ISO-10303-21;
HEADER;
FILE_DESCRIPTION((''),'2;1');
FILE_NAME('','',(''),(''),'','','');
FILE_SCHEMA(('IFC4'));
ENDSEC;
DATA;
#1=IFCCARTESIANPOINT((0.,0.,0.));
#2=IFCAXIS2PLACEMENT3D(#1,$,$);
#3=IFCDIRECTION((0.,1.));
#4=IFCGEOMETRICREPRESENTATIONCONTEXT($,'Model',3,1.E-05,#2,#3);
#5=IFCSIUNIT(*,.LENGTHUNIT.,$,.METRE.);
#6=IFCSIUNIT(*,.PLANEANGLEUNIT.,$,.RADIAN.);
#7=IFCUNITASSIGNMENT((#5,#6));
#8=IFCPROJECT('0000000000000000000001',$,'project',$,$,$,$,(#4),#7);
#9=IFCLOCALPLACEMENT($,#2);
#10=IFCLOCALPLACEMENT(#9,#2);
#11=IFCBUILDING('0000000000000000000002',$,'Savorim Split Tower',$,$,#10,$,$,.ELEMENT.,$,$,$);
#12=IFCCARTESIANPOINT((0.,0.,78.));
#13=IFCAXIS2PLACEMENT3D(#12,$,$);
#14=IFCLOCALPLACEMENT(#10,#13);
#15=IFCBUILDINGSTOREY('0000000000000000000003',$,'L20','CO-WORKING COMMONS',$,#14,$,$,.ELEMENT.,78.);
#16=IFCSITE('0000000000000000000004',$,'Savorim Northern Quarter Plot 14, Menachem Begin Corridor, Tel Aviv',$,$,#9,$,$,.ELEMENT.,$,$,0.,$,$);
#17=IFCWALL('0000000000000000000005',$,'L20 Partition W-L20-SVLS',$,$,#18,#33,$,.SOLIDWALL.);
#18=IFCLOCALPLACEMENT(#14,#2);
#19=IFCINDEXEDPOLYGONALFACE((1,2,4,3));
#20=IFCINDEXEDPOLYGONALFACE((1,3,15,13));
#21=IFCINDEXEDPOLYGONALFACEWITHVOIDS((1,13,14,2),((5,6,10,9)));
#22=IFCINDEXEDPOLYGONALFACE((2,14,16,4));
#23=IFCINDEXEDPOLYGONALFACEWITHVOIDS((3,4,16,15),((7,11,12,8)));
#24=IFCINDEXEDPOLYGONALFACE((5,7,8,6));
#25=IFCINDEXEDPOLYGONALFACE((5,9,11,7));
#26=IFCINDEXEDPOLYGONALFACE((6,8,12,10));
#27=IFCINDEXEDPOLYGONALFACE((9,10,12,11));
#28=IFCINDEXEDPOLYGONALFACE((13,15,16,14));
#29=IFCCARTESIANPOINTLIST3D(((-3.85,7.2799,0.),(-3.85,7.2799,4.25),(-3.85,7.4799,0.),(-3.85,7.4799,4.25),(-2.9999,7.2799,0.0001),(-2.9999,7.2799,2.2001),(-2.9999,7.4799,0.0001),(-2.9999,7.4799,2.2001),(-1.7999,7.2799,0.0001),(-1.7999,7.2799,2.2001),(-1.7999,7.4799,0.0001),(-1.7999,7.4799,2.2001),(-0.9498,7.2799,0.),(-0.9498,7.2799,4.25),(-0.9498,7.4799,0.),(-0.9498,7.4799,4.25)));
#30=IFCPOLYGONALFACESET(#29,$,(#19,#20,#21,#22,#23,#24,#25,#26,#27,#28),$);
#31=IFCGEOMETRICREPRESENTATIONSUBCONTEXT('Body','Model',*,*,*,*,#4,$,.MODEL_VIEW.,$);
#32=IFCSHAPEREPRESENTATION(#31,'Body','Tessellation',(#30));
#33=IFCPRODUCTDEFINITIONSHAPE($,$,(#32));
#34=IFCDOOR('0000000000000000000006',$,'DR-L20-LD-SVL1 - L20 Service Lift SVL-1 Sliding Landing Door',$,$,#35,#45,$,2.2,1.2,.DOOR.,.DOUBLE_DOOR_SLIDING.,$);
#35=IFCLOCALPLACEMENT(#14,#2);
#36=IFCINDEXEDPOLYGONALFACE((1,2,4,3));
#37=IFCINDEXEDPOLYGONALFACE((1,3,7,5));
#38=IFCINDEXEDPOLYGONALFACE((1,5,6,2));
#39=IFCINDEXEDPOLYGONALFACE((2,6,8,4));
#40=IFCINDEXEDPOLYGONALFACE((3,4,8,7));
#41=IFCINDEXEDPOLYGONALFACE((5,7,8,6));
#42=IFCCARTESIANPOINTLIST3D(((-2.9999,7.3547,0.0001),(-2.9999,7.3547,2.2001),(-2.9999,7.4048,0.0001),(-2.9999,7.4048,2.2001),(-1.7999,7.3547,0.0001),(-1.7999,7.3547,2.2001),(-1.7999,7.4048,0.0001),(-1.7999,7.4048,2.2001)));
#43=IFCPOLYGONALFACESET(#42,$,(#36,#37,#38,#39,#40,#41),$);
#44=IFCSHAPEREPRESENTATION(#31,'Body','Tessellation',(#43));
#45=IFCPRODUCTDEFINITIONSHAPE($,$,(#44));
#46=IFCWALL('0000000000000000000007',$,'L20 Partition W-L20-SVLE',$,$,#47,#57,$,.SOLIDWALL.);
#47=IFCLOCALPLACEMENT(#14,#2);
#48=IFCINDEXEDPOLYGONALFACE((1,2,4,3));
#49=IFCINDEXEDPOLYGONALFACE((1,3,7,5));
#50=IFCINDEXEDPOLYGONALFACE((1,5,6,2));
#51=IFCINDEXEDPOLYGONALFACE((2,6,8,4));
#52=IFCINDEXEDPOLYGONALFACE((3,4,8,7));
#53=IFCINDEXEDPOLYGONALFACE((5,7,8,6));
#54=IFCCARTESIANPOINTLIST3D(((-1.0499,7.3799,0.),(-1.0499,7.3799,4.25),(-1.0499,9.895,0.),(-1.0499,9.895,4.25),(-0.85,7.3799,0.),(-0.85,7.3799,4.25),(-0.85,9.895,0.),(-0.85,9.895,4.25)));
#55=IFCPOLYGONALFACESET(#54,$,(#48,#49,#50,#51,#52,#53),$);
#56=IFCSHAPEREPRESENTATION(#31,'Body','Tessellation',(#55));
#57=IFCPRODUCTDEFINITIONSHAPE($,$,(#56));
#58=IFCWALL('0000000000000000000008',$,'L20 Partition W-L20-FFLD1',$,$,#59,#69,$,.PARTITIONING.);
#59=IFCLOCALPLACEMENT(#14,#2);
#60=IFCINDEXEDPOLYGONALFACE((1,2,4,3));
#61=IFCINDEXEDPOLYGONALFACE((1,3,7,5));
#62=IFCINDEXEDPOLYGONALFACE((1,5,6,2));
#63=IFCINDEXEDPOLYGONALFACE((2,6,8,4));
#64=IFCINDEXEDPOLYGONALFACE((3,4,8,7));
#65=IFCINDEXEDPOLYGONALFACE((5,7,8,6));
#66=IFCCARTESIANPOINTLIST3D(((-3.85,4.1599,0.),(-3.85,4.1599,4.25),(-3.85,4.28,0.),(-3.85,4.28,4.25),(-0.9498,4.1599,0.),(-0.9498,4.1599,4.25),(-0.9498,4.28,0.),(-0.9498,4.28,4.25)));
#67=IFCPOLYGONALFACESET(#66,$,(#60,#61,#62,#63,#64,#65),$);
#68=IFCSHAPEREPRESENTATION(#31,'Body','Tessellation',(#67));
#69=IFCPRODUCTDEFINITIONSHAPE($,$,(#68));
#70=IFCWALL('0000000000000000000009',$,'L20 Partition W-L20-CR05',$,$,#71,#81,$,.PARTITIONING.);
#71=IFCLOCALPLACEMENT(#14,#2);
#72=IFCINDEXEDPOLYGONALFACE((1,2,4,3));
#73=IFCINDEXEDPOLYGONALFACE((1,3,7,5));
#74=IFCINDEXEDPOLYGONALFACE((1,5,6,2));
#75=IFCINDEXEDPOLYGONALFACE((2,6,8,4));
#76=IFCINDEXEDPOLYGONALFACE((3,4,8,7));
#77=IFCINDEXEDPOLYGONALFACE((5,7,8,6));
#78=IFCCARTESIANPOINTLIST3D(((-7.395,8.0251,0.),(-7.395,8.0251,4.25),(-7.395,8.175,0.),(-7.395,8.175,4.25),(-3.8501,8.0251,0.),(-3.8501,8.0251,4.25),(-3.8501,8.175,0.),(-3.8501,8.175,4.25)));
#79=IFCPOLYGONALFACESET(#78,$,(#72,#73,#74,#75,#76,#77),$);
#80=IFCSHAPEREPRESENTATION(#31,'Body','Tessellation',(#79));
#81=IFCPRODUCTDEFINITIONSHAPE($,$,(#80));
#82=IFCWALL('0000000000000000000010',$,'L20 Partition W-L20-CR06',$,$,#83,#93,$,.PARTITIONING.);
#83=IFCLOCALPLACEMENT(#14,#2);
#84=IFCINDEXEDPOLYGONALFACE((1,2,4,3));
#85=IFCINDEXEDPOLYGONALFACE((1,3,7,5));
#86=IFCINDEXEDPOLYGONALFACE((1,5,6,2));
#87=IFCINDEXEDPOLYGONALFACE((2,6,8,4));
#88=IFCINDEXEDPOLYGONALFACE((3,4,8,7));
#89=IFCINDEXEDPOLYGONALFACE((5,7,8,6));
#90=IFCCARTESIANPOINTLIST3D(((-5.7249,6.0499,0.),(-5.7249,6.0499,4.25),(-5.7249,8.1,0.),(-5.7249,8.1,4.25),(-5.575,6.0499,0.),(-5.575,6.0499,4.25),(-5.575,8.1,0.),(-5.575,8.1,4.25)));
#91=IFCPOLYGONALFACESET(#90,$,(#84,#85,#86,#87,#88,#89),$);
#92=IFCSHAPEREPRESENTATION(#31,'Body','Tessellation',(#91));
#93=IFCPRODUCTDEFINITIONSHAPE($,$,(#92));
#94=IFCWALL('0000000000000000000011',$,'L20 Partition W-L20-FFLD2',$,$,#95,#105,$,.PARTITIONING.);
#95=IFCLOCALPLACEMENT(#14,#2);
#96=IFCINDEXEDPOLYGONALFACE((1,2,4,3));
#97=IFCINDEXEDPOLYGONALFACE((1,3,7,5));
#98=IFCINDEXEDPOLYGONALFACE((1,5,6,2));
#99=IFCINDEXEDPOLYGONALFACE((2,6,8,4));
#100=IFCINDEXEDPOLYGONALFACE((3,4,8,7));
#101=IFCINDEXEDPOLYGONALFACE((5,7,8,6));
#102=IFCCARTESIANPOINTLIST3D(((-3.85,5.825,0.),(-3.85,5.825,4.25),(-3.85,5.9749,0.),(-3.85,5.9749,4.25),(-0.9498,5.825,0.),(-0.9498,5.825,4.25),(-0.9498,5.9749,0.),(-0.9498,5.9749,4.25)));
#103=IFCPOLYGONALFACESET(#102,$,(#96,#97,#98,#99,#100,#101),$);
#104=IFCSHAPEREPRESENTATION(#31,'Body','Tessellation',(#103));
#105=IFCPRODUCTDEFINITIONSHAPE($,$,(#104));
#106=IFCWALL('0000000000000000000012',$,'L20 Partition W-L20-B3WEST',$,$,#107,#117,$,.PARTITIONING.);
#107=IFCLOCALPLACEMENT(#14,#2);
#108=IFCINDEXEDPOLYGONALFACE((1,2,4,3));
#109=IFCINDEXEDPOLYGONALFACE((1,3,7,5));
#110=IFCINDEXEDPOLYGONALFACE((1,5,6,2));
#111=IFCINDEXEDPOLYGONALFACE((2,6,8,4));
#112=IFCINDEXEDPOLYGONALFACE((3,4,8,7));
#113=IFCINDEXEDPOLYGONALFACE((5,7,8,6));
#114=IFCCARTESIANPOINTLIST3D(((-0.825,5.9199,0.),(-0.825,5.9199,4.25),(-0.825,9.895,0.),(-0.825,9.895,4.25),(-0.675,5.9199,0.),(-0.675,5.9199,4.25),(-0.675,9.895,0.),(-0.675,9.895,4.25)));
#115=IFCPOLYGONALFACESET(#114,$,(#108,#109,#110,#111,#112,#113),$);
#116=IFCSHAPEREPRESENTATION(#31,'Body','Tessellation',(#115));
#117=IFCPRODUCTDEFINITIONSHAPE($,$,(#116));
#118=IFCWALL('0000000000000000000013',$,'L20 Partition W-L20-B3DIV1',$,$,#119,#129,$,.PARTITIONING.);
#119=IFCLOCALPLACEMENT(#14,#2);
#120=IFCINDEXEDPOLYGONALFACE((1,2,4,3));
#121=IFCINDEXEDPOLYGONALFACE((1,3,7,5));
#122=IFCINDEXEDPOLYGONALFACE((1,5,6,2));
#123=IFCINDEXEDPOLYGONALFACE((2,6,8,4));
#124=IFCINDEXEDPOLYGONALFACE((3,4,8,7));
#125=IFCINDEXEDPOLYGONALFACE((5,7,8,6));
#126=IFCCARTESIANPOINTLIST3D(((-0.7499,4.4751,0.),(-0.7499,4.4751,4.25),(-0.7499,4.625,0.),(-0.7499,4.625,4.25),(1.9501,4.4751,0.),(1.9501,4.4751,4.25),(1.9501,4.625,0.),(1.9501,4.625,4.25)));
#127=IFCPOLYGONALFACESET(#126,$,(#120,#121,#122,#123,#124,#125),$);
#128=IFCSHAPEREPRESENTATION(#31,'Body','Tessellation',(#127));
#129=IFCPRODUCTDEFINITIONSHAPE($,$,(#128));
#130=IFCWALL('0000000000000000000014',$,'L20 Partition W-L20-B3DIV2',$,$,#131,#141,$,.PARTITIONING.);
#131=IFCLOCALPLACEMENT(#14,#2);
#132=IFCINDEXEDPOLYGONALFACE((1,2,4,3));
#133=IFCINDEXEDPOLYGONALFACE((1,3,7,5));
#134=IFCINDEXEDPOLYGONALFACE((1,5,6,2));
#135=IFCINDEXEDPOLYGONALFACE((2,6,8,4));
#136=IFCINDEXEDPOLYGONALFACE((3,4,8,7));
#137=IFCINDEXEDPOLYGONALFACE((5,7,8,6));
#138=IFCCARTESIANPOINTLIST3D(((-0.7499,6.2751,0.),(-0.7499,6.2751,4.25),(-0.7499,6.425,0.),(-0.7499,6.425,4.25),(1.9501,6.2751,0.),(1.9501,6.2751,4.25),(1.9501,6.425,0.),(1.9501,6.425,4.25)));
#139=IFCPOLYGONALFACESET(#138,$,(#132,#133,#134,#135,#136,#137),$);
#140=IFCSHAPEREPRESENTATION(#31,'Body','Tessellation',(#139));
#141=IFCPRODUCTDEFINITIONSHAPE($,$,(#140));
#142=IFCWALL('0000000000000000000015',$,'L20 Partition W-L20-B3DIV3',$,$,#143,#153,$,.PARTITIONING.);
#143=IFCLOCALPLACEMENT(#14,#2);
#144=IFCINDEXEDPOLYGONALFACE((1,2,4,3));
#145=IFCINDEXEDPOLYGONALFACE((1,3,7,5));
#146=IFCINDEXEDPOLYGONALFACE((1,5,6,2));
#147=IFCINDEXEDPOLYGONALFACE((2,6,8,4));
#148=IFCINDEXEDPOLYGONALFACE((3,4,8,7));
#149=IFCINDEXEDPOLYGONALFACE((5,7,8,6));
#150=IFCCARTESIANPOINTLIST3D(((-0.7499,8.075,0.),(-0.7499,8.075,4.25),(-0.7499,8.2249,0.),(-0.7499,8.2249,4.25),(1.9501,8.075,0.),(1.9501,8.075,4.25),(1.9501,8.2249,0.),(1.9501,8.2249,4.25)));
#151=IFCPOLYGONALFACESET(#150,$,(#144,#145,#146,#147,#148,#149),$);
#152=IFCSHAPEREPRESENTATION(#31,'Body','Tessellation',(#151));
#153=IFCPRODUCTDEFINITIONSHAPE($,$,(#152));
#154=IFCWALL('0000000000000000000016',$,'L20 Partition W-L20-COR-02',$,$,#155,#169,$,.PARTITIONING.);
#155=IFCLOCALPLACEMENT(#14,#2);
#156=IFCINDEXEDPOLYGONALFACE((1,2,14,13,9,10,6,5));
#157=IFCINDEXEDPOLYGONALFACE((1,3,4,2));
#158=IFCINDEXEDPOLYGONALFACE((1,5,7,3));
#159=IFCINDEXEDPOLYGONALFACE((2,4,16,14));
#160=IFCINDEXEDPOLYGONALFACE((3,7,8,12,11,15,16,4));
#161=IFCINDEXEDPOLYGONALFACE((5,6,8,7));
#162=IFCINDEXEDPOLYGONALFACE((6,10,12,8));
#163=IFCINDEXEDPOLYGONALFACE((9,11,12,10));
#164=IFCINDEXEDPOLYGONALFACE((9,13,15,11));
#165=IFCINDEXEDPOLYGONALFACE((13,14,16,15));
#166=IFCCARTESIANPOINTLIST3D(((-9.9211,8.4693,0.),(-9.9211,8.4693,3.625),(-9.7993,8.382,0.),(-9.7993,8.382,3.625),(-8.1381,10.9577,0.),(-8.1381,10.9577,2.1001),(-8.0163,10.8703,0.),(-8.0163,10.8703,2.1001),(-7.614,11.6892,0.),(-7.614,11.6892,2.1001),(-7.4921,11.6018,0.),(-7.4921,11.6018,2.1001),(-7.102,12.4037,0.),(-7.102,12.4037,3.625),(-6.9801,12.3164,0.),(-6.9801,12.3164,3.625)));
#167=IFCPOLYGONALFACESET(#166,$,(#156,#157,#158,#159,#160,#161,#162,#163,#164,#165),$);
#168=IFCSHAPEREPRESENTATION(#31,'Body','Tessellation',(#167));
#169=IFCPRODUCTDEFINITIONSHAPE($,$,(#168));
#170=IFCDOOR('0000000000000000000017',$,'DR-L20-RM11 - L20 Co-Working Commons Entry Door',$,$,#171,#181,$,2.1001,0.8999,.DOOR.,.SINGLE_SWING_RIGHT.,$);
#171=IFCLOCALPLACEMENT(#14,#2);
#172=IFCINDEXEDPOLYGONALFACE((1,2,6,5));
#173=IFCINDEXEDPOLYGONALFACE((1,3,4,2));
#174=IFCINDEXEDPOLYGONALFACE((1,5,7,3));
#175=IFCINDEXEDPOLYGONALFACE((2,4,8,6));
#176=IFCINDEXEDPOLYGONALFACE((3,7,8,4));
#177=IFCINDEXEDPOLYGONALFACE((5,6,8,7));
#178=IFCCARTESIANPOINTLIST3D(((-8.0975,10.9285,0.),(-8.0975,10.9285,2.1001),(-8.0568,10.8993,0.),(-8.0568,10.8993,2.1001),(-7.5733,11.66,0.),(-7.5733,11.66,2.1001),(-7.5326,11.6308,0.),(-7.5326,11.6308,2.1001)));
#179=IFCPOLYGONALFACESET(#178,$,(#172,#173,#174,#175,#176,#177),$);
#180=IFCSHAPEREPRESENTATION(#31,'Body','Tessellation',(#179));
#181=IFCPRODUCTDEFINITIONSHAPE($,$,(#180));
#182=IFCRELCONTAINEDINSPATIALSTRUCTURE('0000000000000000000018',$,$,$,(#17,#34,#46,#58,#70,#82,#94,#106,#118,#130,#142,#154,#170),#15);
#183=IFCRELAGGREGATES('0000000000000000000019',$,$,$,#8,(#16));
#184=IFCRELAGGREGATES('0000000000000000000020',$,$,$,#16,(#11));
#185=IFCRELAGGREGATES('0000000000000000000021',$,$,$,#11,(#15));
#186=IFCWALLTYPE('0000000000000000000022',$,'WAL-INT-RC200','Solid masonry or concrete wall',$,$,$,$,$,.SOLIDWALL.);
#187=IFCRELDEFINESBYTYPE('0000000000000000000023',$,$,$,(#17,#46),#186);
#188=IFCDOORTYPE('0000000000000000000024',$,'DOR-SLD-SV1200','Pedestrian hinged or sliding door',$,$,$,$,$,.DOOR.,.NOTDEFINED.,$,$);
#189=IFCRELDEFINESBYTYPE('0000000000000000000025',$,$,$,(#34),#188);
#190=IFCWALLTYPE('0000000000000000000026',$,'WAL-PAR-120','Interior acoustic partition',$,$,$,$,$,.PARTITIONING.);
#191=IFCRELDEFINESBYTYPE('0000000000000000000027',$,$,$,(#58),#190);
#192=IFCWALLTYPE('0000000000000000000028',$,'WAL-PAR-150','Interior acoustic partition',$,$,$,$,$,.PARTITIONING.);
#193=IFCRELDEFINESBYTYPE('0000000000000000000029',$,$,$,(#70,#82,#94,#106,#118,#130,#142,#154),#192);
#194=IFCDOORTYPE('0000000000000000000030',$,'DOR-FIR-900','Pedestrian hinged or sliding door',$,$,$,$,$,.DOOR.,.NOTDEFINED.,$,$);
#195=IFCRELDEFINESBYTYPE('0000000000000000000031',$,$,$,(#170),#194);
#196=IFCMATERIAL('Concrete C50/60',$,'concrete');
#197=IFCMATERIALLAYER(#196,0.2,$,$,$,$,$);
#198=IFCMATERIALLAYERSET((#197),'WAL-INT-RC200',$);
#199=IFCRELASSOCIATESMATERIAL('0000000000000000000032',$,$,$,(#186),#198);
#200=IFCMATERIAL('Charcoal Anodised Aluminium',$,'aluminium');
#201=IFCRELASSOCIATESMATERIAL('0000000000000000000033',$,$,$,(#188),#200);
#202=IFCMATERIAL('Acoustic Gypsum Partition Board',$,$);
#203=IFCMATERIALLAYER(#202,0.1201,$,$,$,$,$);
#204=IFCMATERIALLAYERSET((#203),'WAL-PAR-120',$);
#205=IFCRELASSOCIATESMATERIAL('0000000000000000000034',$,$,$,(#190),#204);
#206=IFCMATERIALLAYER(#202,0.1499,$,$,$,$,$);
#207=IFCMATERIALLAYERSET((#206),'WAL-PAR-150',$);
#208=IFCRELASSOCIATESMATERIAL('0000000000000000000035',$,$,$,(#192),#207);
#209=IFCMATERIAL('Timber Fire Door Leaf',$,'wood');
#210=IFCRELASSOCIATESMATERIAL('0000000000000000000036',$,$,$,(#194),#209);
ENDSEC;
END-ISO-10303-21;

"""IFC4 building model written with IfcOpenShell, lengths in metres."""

from ifc_helpers import new_model, si_unit, direction, frame, frame_2d, origin, place, context, subcontext, project, spatial, rectangle, extrude, material, layer, layer_set, type_object, element, fill, save


model = new_model("IFC4")

# Units and contexts
model_context = context("Model", 3, precision=1e-05, world=origin(), true_north=direction((0.0, 1.0)))
body_context = subcontext(model_context, "Body", "Model", "MODEL_VIEW")
ifc_project = project(units=[si_unit("LENGTHUNIT", "METRE"), si_unit("PLANEANGLEUNIT", "RADIAN")], contexts=[model_context])

# Site, building, storey
site_placement = place(None, origin())
site = spatial("IfcSite", under=ifc_project, at=site_placement, Name="Savorim Northern Quarter Plot 14, Menachem Begin Corridor, Tel Aviv", CompositionType="ELEMENT", RefElevation=0.0)
building_placement = place(site_placement, origin())
building = spatial("IfcBuilding", under=site, at=building_placement, Name="Savorim Split Tower", CompositionType="ELEMENT")
storey_placement = place(building_placement, frame((0.0, 0.0, 78.0)))
storey = spatial("IfcBuildingStorey", under=building, at=storey_placement, Name="L20", Description="CO-WORKING COMMONS", CompositionType="ELEMENT", Elevation=78.0)

# Shared definitions
ifc_material_1 = material(Name="Charcoal Anodised Aluminium", Category="aluminium")

# Shared definitions
ifc_material_2 = material(Name="Concrete C50/60", Category="concrete")
ifc_layer_1 = layer(ifc_material_2, 0.2)
ifc_layer_set_1 = layer_set([ifc_layer_1], Name="WAL-INT-RC200")
wall_type_1 = type_object("IfcWallType", Name="WAL-INT-RC200", Description="Solid masonry or concrete wall", PredefinedType="SOLIDWALL", material=ifc_layer_set_1)

# Wall, opening, door
wall_1_placement = place(storey_placement, frame((-3.8501, 7.3799, 0.0), z_axis=(0.0, 0.0, 1.0), x_axis=(1.0, 0.0, 0.0)))
wall_1 = element("IfcWall", 1, at=wall_1_placement, inside=storey, type_object=wall_type_1, Name="L20 Partition W-L20-SVLS", PredefinedType="SOLIDWALL", context=body_context, shape_type="SweptSolid", body=[
    extrude(rectangle(XDim=2.9001, YDim=0.2, at=frame_2d((1.4502, 0.0))), origin(), (0.0, 0.0, 1.0), 4.25),
])
opening_1_placement = place(wall_1_placement, frame((0.8501, 0.0, 0.0)))
opening_1 = element("IfcOpeningElement", 2, at=opening_1_placement, cuts=wall_1, PredefinedType="OPENING", context=body_context, shape_type="SweptSolid", body=[
    extrude(rectangle(XDim=1.2, YDim=2.2, at=frame_2d((0.6001, 1.1001))), frame((0.0, 0.1099, 0.0), z_axis=(0.0, -1.0, 0.0), x_axis=(1.0, 0.0, 0.0)), (0.0, 0.0, 1.0), 0.22),
])
door_type_1 = type_object("IfcDoorType", Name="DOR-SLD-SV1200", Description="Pedestrian hinged or sliding door", OperationType="NOTDEFINED", PredefinedType="DOOR", material=ifc_material_1)
door_1_placement = place(opening_1_placement, origin())
door_1 = element("IfcDoor", 3, at=door_1_placement, inside=storey, type_object=door_type_1, Name="DR-L20-LD-SVL1 - L20 Service Lift SVL-1 Sliding Landing Door", OperationType="DOUBLE_DOOR_SLIDING", OverallHeight=2.2, OverallWidth=1.2, PredefinedType="DOOR", context=body_context, shape_type="SweptSolid", body=[
    extrude(rectangle(XDim=1.2, YDim=2.2, at=frame_2d((0.6001, 1.1001))), frame((0.0, 0.0249, 0.0), z_axis=(0.0, -1.0, 0.0), x_axis=(1.0, 0.0, 0.0)), (0.0, 0.0, 1.0), 0.05),
])
fill(opening_1, door_1)

# Walls
wall_2_placement = place(storey_placement, frame((-0.95, 7.3799, 0.0), z_axis=(0.0, 0.0, 1.0), x_axis=(0.0, 1.0, 0.0)))
element("IfcWall", 4, at=wall_2_placement, inside=storey, type_object=wall_type_1, Name="L20 Partition W-L20-SVLE", PredefinedType="SOLIDWALL", context=body_context, shape_type="SweptSolid", body=[
    extrude(rectangle(XDim=2.5151, YDim=0.2, at=frame_2d((1.2576, 0.0))), origin(), (0.0, 0.0, 1.0), 4.25),
])
ifc_material_3 = material(Name="Acoustic Gypsum Partition Board")
ifc_layer_2 = layer(ifc_material_3, 0.1201)
ifc_layer_set_2 = layer_set([ifc_layer_2], Name="WAL-PAR-120")
wall_type_2 = type_object("IfcWallType", Name="WAL-PAR-120", Description="Interior acoustic partition", PredefinedType="PARTITIONING", material=ifc_layer_set_2)
wall_3_placement = place(storey_placement, frame((-3.8501, 4.22, 0.0), z_axis=(0.0, 0.0, 1.0), x_axis=(1.0, 0.0, 0.0)))
element("IfcWall", 5, at=wall_3_placement, inside=storey, type_object=wall_type_2, Name="L20 Partition W-L20-FFLD1", PredefinedType="PARTITIONING", context=body_context, shape_type="SweptSolid", body=[
    extrude(rectangle(XDim=2.9001, YDim=0.1201, at=frame_2d((1.4502, 0.0))), origin(), (0.0, 0.0, 1.0), 4.25),
])
ifc_layer_3 = layer(ifc_material_3, 0.1499)
ifc_layer_set_3 = layer_set([ifc_layer_3], Name="WAL-PAR-150")
wall_type_3 = type_object("IfcWallType", Name="WAL-PAR-150", Description="Interior acoustic partition", PredefinedType="PARTITIONING", material=ifc_layer_set_3)
wall_4_placement = place(storey_placement, frame((-7.395, 8.1001, 0.0), z_axis=(0.0, 0.0, 1.0), x_axis=(1.0, 0.0, 0.0)))
element("IfcWall", 6, at=wall_4_placement, inside=storey, type_object=wall_type_3, Name="L20 Partition W-L20-CR05", PredefinedType="PARTITIONING", context=body_context, shape_type="SweptSolid", body=[
    extrude(rectangle(XDim=3.5449, YDim=0.1499, at=frame_2d((1.7725, 0.0))), origin(), (0.0, 0.0, 1.0), 4.25),
])
wall_5_placement = place(storey_placement, frame((-5.6499, 6.05, 0.0), z_axis=(0.0, 0.0, 1.0), x_axis=(0.0, 1.0, 0.0)))
element("IfcWall", 7, at=wall_5_placement, inside=storey, type_object=wall_type_3, Name="L20 Partition W-L20-CR06", PredefinedType="PARTITIONING", context=body_context, shape_type="SweptSolid", body=[
    extrude(rectangle(XDim=2.05, YDim=0.1499, at=frame_2d((1.0249, 0.0))), origin(), (0.0, 0.0, 1.0), 4.25),
])
wall_6_placement = place(storey_placement, frame((-3.8501, 5.8999, 0.0), z_axis=(0.0, 0.0, 1.0), x_axis=(1.0, 0.0, 0.0)))
element("IfcWall", 8, at=wall_6_placement, inside=storey, type_object=wall_type_3, Name="L20 Partition W-L20-FFLD2", PredefinedType="PARTITIONING", context=body_context, shape_type="SweptSolid", body=[
    extrude(rectangle(XDim=2.9001, YDim=0.1499, at=frame_2d((1.4502, 0.0))), origin(), (0.0, 0.0, 1.0), 4.25),
])
wall_7_placement = place(storey_placement, frame((-0.75, 5.9199, 0.0), z_axis=(0.0, 0.0, 1.0), x_axis=(0.0, 1.0, 0.0)))
element("IfcWall", 9, at=wall_7_placement, inside=storey, type_object=wall_type_3, Name="L20 Partition W-L20-B3WEST", PredefinedType="PARTITIONING", context=body_context, shape_type="SweptSolid", body=[
    extrude(rectangle(XDim=3.9751, YDim=0.1499, at=frame_2d((1.9875, 0.0))), origin(), (0.0, 0.0, 1.0), 4.25),
])
for number, where, z_axis, x_axis, name in (
    (10, (-0.75, 4.55, 0.0), (0.0, 0.0, 1.0), (1.0, 0.0, 0.0), "L20 Partition W-L20-B3DIV1"),
    (11, (-0.75, 6.3501, 0.0), (0.0, 0.0, 1.0), (1.0, 0.0, 0.0), "L20 Partition W-L20-B3DIV2"),
    (12, (-0.75, 8.1499, 0.0), (0.0, 0.0, 1.0), (1.0, 0.0, 0.0), "L20 Partition W-L20-B3DIV3"),
):
    element("IfcWall", number, at=place(storey_placement, frame(where, z_axis=z_axis, x_axis=x_axis)), inside=storey, type_object=wall_type_3, Name=name, PredefinedType="PARTITIONING", context=body_context, shape_type="SweptSolid", body=[
        extrude(rectangle(XDim=2.7, YDim=0.1499, at=frame_2d((1.3501, 0.0))), origin(), (0.0, 0.0, 1.0), 4.25),
    ])

# Wall, opening, door
wall_8_placement = place(storey_placement, frame((-9.8601, 8.4258, 0.0), z_axis=(0.0, 0.0, 1.0), x_axis=(0.58245, 0.812867, 0.0)))
wall_8 = element("IfcWall", 13, at=wall_8_placement, inside=storey, type_object=wall_type_3, Name="L20 Partition W-L20-COR-02", PredefinedType="PARTITIONING", context=body_context, shape_type="SweptSolid", body=[
    extrude(rectangle(XDim=4.8401, YDim=0.1499, at=frame_2d((2.4199, 0.0))), origin(), (0.0, 0.0, 1.0), 3.625),
])
opening_2_placement = place(wall_8_placement, frame((3.061, 0.0, 0.0)))
opening_2 = element("IfcOpeningElement", 14, at=opening_2_placement, cuts=wall_8, PredefinedType="OPENING", context=body_context, shape_type="SweptSolid", body=[
    extrude(rectangle(XDim=0.8999, YDim=2.1001, at=frame_2d((0.45, 1.05))), frame((0.0, 0.085, 0.0), z_axis=(0.0, -1.0, 0.0), x_axis=(1.0, 0.0, 0.0)), (0.0, 0.0, 1.0), 0.1699),
])
ifc_material_4 = material(Name="Timber Fire Door Leaf", Category="wood")
door_type_2 = type_object("IfcDoorType", Name="DOR-FIR-900", Description="Pedestrian hinged or sliding door", OperationType="NOTDEFINED", PredefinedType="DOOR", material=ifc_material_4)
door_2_placement = place(opening_2_placement, origin())
door_2 = element("IfcDoor", 15, at=door_2_placement, inside=storey, type_object=door_type_2, Name="DR-L20-RM11 - L20 Co-Working Commons Entry Door", OperationType="SINGLE_SWING_RIGHT", OverallHeight=2.1001, OverallWidth=0.8999, PredefinedType="DOOR", context=body_context, shape_type="SweptSolid", body=[
    extrude(rectangle(XDim=0.8999, YDim=2.1001, at=frame_2d((0.45, 1.05))), frame((0.0, 0.0249, 0.0), z_axis=(0.0, -1.0, 0.0), x_axis=(1.0, 0.0, 0.0)), (0.0, 0.0, 1.0), 0.05),
])
fill(opening_2, door_2)

save(model, "model.ifc")
